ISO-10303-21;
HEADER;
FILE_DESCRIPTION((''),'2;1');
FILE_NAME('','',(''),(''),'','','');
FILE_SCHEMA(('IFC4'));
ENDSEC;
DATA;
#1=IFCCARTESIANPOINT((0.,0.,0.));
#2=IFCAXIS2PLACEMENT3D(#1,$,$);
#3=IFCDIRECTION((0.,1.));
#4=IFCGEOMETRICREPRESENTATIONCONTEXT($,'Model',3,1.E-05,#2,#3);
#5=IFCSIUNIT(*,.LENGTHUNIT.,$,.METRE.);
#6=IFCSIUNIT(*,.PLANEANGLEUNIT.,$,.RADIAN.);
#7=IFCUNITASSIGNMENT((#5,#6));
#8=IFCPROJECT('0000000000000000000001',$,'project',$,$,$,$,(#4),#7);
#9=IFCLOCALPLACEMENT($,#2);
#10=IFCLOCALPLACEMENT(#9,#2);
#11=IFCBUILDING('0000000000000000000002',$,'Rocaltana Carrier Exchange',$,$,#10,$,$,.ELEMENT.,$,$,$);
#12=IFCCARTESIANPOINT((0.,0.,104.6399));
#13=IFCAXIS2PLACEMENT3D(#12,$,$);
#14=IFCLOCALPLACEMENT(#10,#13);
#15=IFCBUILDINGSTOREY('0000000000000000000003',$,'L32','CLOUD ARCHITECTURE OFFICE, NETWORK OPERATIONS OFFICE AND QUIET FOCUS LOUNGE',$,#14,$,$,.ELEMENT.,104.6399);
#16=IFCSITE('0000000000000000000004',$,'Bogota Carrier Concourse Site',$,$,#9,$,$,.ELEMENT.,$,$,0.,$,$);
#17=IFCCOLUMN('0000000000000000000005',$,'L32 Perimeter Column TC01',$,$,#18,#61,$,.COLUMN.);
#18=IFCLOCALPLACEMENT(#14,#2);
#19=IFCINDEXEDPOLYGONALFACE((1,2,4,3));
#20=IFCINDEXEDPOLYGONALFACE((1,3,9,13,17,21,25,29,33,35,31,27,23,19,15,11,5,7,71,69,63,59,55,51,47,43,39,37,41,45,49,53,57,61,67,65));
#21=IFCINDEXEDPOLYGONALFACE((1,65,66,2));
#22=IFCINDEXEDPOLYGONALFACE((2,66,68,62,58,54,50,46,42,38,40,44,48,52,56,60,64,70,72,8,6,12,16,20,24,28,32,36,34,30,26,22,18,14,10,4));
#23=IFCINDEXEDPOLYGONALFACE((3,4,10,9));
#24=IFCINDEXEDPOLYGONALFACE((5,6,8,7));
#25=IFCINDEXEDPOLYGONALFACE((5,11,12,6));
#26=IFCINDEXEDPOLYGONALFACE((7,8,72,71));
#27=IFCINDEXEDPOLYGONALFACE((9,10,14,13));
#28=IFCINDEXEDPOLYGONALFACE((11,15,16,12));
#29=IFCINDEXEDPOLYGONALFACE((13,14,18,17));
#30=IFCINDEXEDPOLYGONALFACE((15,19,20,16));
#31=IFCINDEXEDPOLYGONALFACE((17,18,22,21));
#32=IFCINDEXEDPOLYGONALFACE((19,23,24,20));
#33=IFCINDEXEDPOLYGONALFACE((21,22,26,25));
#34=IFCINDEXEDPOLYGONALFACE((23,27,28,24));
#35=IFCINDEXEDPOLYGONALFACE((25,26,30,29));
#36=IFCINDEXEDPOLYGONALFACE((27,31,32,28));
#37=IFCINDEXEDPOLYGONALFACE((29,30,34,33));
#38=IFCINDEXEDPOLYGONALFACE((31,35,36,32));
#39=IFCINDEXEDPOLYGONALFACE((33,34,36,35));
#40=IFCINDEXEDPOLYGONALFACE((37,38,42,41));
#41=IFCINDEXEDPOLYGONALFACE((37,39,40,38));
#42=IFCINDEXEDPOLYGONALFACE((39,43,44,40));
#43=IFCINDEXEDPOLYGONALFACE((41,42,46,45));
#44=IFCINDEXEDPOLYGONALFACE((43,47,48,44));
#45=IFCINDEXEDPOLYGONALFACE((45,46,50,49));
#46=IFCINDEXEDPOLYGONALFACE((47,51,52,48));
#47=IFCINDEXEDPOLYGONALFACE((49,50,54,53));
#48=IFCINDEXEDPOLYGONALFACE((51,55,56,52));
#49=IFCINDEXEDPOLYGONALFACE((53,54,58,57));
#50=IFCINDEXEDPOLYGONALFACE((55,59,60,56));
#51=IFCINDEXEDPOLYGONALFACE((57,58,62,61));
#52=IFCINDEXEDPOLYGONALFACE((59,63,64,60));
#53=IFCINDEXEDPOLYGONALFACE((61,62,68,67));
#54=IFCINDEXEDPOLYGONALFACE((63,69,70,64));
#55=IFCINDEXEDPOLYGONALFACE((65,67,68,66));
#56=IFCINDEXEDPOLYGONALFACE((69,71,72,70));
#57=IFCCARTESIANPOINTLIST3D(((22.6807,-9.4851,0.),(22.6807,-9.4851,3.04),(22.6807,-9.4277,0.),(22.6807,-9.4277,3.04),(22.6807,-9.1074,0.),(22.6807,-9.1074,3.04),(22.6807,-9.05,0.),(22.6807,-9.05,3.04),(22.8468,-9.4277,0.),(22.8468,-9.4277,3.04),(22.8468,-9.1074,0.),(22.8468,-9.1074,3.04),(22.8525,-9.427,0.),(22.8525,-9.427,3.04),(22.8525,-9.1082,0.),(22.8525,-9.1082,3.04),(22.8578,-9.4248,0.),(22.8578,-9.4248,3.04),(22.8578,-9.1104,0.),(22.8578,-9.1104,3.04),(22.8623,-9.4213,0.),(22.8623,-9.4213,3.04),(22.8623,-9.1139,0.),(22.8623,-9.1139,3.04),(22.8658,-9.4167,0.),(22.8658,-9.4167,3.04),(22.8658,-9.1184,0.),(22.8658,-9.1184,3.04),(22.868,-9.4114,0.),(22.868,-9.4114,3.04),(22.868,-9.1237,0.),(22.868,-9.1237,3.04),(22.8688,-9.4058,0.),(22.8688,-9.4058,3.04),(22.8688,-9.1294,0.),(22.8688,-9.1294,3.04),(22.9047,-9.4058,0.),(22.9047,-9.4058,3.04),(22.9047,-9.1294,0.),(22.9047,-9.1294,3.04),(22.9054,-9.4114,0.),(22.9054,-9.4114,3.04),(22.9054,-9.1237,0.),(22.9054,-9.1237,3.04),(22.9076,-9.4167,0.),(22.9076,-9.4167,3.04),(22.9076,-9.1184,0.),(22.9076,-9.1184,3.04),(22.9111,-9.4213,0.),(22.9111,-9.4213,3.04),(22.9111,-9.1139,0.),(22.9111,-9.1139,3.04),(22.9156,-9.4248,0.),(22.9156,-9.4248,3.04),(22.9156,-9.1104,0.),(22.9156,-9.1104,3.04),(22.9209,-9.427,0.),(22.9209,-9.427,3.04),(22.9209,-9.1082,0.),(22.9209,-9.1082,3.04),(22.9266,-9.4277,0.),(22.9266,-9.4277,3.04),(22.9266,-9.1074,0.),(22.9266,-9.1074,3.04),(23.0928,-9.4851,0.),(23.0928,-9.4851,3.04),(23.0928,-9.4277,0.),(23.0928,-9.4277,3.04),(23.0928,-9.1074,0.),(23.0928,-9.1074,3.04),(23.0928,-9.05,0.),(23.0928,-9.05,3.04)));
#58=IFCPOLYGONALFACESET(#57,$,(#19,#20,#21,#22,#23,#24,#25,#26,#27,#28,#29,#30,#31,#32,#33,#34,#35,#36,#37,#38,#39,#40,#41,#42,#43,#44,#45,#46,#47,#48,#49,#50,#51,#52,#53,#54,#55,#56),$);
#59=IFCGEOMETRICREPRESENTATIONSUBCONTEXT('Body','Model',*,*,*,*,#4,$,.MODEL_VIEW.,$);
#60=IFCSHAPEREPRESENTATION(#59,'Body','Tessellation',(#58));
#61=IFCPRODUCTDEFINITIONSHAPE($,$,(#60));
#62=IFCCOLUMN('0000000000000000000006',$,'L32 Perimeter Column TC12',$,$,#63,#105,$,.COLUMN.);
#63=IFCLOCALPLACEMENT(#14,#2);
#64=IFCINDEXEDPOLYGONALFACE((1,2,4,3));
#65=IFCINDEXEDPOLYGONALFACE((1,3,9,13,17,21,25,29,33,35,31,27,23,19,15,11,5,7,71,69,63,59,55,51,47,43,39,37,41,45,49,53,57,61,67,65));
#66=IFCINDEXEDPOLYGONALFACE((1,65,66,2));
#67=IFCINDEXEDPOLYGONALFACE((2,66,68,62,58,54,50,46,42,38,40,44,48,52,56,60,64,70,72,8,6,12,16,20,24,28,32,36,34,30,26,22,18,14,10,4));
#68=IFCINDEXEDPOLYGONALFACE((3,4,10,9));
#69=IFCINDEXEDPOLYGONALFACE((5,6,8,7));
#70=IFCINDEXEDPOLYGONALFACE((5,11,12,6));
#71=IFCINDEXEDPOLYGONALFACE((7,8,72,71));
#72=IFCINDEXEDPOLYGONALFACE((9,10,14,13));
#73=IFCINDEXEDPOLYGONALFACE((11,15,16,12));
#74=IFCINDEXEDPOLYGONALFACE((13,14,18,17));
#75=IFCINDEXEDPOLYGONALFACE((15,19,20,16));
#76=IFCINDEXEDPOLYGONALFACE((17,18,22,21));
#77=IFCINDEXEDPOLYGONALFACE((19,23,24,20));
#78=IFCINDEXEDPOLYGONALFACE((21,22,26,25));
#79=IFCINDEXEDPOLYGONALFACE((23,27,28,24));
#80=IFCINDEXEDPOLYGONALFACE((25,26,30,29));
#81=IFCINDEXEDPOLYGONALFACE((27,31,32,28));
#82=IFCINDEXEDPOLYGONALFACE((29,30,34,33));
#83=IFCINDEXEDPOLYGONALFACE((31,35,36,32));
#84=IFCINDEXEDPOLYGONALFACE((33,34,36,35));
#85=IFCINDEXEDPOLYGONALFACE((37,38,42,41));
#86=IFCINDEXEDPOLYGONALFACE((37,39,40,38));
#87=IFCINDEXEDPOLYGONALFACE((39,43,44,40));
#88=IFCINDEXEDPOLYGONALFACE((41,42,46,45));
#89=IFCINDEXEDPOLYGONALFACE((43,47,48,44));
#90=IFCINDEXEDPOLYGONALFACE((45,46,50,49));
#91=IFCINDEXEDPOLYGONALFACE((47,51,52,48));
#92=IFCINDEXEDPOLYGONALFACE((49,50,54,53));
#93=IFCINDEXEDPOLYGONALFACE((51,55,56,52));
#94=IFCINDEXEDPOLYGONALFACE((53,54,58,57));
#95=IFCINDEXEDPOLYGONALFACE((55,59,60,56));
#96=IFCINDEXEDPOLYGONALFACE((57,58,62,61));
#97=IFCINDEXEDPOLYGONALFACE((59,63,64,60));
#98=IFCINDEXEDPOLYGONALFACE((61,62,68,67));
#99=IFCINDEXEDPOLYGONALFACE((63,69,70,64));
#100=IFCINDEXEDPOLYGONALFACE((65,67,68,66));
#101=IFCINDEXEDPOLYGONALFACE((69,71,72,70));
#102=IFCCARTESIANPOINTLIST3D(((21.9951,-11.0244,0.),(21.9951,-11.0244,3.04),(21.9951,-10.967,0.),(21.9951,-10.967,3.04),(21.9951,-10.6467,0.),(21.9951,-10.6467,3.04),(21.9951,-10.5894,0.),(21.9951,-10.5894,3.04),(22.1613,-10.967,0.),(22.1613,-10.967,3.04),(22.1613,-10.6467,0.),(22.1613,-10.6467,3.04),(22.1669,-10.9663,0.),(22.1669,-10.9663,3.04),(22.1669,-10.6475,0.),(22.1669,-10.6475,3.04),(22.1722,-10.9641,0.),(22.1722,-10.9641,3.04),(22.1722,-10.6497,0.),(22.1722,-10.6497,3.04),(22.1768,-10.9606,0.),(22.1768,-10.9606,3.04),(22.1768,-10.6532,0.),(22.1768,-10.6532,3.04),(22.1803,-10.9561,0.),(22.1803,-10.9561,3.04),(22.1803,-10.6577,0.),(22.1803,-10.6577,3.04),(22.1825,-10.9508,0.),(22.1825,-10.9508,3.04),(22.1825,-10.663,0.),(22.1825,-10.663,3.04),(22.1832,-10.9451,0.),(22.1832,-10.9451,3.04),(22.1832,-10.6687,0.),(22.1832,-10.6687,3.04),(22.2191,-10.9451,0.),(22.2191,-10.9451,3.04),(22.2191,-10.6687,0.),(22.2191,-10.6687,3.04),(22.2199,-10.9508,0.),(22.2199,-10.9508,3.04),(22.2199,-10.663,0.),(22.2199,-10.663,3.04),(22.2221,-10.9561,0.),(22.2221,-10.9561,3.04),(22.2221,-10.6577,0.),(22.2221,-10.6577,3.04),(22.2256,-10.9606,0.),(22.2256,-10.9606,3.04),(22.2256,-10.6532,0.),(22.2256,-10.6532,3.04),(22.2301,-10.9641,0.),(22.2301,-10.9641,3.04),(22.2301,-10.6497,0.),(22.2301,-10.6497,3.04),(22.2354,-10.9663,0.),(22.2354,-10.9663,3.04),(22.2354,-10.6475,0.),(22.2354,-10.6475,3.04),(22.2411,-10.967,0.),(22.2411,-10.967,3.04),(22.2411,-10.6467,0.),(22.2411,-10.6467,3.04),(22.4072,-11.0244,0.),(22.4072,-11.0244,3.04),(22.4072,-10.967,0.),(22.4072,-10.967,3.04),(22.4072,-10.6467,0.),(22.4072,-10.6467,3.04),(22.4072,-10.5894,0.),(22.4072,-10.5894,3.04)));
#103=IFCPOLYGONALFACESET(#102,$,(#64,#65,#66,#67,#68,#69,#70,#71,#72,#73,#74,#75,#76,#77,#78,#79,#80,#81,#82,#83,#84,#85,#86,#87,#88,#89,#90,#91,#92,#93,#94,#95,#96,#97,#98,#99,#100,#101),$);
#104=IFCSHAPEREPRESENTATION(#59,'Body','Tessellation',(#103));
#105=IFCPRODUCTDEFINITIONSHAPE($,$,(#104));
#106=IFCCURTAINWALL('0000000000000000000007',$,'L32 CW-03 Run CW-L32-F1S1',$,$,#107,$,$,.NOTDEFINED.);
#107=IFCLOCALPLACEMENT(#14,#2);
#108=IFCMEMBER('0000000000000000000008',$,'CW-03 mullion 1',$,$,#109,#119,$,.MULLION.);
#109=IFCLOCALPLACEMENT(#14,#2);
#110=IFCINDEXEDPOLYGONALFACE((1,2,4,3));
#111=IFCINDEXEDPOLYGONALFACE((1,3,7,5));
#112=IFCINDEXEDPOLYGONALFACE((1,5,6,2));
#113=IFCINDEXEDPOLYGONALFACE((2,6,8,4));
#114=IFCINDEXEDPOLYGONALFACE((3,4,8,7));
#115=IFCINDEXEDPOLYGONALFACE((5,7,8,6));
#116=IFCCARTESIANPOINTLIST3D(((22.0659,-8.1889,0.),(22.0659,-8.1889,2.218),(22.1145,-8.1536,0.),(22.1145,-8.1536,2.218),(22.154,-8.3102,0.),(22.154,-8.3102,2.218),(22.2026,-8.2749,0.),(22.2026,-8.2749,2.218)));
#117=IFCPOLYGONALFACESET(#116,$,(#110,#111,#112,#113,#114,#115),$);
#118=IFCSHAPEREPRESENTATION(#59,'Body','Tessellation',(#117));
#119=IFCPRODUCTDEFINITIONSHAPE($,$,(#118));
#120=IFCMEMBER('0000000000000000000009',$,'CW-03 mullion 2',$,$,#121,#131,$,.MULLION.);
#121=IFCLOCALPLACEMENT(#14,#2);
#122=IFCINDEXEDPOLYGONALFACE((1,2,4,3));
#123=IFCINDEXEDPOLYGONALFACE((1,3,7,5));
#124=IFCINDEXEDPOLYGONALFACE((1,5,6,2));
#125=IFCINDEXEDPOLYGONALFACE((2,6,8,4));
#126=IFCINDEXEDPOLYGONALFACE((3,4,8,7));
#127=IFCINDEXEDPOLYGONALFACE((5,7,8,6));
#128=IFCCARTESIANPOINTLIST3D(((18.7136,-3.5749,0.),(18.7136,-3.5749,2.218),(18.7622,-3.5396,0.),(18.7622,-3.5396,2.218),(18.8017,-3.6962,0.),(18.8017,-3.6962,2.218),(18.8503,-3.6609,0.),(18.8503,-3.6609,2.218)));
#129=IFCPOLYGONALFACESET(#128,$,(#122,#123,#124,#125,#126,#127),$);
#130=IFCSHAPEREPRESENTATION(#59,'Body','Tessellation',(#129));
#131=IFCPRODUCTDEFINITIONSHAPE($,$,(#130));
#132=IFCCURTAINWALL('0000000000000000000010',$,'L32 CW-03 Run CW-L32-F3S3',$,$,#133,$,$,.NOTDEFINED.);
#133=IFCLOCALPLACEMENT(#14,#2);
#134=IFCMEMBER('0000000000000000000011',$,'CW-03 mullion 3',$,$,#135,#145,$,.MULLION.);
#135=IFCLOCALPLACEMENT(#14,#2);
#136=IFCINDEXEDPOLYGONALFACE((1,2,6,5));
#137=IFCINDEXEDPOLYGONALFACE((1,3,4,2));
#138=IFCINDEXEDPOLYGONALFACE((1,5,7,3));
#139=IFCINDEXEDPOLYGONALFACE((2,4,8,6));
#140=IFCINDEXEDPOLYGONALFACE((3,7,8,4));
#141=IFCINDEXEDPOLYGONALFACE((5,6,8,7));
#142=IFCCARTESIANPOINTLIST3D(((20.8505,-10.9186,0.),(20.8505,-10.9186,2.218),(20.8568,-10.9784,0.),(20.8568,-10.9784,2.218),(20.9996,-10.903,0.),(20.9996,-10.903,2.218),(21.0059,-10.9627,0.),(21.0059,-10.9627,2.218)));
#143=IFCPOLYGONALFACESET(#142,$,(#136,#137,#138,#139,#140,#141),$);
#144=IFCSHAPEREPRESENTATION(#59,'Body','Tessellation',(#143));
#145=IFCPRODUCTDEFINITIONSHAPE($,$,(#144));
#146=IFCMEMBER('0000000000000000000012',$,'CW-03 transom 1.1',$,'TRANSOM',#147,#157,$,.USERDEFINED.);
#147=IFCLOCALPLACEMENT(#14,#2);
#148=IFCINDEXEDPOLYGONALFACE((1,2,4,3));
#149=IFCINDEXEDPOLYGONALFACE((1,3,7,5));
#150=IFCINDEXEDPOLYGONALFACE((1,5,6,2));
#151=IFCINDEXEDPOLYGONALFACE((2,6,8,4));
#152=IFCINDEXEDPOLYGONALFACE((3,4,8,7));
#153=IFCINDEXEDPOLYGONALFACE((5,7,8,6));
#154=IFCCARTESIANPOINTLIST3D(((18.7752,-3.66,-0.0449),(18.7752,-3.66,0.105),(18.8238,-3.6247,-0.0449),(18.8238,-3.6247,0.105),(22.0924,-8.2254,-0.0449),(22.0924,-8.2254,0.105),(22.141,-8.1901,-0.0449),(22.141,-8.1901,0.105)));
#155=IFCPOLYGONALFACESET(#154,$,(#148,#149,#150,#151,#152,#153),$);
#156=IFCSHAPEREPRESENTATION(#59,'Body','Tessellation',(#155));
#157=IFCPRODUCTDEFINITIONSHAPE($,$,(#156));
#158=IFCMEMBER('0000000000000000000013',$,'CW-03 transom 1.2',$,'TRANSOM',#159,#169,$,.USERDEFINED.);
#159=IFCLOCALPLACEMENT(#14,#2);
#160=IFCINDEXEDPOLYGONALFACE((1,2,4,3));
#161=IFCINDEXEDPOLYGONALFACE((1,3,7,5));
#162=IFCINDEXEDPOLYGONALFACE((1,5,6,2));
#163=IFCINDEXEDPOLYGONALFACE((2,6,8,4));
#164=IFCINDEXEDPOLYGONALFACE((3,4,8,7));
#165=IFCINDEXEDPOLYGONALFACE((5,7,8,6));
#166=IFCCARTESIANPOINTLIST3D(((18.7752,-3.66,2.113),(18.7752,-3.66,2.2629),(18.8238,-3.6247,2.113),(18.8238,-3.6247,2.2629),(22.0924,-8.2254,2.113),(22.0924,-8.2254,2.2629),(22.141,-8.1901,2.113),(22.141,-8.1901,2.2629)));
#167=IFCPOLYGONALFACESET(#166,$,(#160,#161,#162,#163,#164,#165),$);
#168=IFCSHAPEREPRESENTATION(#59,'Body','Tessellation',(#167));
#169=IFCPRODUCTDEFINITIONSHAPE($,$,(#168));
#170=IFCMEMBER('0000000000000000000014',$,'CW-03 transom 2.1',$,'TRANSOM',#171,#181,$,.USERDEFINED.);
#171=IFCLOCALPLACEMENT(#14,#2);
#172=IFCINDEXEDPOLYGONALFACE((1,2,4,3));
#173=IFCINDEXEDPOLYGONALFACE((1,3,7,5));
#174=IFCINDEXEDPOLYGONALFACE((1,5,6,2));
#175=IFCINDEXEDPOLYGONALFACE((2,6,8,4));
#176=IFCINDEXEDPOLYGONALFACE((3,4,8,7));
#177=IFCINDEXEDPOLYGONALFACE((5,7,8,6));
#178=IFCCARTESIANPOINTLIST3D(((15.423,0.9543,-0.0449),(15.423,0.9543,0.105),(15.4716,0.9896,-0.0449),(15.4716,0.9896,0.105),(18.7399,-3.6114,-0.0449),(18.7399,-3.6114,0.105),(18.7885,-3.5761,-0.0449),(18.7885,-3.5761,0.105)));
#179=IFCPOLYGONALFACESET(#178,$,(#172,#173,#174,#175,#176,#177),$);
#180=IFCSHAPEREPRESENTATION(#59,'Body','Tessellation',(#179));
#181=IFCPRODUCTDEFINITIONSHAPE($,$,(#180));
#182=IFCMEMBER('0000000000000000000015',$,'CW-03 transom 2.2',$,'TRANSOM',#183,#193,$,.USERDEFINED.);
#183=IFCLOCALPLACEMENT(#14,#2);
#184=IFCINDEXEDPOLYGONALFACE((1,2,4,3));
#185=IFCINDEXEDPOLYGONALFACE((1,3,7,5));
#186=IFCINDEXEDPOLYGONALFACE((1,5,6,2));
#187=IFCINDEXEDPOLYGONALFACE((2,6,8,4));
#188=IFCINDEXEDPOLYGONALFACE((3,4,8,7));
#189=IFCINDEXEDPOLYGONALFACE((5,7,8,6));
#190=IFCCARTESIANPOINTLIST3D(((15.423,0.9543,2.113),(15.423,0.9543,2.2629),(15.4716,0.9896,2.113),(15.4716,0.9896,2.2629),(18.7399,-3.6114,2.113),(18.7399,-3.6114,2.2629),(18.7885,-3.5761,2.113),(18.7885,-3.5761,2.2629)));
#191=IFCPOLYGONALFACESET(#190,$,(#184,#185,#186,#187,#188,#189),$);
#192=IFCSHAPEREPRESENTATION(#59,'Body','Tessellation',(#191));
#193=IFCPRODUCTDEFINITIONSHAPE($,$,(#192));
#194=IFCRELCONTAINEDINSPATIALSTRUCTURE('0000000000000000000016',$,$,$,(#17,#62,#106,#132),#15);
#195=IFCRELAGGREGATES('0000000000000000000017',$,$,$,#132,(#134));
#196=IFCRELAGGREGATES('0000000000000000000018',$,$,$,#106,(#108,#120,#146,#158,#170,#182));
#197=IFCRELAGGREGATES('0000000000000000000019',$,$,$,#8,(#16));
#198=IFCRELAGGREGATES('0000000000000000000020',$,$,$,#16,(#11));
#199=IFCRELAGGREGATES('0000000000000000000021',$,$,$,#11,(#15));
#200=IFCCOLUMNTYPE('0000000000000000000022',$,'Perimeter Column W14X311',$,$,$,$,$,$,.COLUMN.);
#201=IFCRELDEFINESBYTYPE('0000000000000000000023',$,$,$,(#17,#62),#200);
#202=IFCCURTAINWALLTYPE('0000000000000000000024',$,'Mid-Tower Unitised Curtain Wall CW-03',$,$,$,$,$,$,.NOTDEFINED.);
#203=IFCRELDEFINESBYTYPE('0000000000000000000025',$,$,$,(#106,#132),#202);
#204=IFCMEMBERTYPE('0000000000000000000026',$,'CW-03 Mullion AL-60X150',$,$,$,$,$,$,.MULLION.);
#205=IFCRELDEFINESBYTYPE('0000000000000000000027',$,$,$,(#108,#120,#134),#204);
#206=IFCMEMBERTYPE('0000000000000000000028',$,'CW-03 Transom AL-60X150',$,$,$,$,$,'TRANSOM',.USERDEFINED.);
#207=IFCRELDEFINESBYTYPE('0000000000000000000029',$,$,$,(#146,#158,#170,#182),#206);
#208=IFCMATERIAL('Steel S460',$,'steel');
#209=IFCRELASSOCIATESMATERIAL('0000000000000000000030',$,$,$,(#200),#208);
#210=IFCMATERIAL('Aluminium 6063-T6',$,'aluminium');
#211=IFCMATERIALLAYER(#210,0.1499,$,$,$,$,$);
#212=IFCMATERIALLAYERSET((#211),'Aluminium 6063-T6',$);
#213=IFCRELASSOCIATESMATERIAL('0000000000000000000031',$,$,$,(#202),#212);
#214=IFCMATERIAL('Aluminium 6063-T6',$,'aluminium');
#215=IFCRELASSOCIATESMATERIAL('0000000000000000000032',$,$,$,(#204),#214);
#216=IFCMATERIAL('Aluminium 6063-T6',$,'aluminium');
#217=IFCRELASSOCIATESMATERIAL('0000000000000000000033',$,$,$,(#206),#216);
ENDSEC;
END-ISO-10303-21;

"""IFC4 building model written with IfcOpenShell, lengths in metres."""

from ifc_helpers import new_model, si_unit, direction, frame, origin, origin_2d, place, context, subcontext, project, spatial, rectangle, i_section, extrude, material, layer, layer_set, material_profile, profile_set, type_object, element, aggregate, save


model = new_model("IFC4")

# Units and contexts
model_context = context("Model", 3, precision=1e-05, world=origin(), true_north=direction((0.0, 1.0)))
body_context = subcontext(model_context, "Body", "Model", "MODEL_VIEW")
ifc_project = project(units=[si_unit("LENGTHUNIT", "METRE"), si_unit("PLANEANGLEUNIT", "RADIAN")], contexts=[model_context])

# Site, building, storey
site_placement = place(None, origin())
site = spatial("IfcSite", under=ifc_project, at=site_placement, Name="Bogota Carrier Concourse Site", CompositionType="ELEMENT", RefElevation=0.0)
building_placement = place(site_placement, origin())
building = spatial("IfcBuilding", under=site, at=building_placement, Name="Rocaltana Carrier Exchange", CompositionType="ELEMENT")
storey_placement = place(building_placement, frame((0.0, 0.0, 104.6399)))
storey = spatial("IfcBuildingStorey", under=building, at=storey_placement, Name="L32", Description="CLOUD ARCHITECTURE OFFICE, NETWORK OPERATIONS OFFICE AND QUIET FOCUS LOUNGE", CompositionType="ELEMENT", Elevation=104.6399)

# Columns
ifc_material_1 = material(Name="Steel S460", Category="steel")
ifc_material_profile_1 = material_profile(ifc_material_1, i_section(OverallWidth=0.4121, OverallDepth=0.4351, WebThickness=0.0359, FlangeThickness=0.0574, FilletRadius=0.022, at=origin_2d()), Name="W14X311")
ifc_profile_set_1 = profile_set([ifc_material_profile_1], Name="Steel S460")
column_type = type_object("IfcColumnType", Name="Perimeter Column W14X311", PredefinedType="COLUMN", material=ifc_profile_set_1)
for number, where, z_axis, x_axis, name in (
    (1, (22.8867, -9.2676, 0.0), (0.0, 0.0, 1.0), (1.0, 0.0, 0.0), "L32 Perimeter Column TC01"),
    (2, (22.2012, -10.8069, 0.0), (0.0, 0.0, 1.0), (1.0, 0.0, 0.0), "L32 Perimeter Column TC12"),
):
    element("IfcColumn", number, at=place(storey_placement, frame(where, z_axis=z_axis, x_axis=x_axis)), inside=storey, type_object=column_type, Name=name, PredefinedType="COLUMN", context=body_context, shape_type="SweptSolid", body=[
        extrude(i_section(OverallWidth=0.4121, OverallDepth=0.4351, WebThickness=0.0359, FlangeThickness=0.0574, FilletRadius=0.022, at=origin_2d()), origin(), (0.0, 0.0, 1.0), 3.04),
    ])

# Curtain wall, members
ifc_material_2 = material(Name="Aluminium 6063-T6", Category="aluminium")
ifc_layer_1 = layer(ifc_material_2, 0.1499)
ifc_layer_set_1 = layer_set([ifc_layer_1], Name="Aluminium 6063-T6")
curtain_wall_type = type_object("IfcCurtainWallType", Name="Mid-Tower Unitised Curtain Wall CW-03", PredefinedType="NOTDEFINED", material=ifc_layer_set_1)
curtain_wall_1_placement = place(storey_placement, origin())
curtain_wall_1 = element("IfcCurtainWall", 3, at=curtain_wall_1_placement, inside=storey, type_object=curtain_wall_type, Name="L32 CW-03 Run CW-L32-F1S1", PredefinedType="NOTDEFINED")
ifc_material_3 = material(Name="Aluminium 6063-T6", Category="aluminium")
ifc_material_profile_2 = material_profile(ifc_material_3, rectangle(XDim=0.0601, YDim=0.1499, at=origin_2d()), Name="AL-60X150")
ifc_profile_set_2 = profile_set([ifc_material_profile_2], Name="Aluminium 6063-T6")
member_type_1 = type_object("IfcMemberType", Name="CW-03 Mullion AL-60X150", PredefinedType="MULLION", material=ifc_profile_set_2)
member_1_placement = place(storey_placement, frame((22.1343, -8.2319, 0.0), z_axis=(0.0, 0.0, 1.0), x_axis=(-0.809014, -0.58779, 0.0)))
member_1 = element("IfcMember", 4, at=member_1_placement, type_object=member_type_1, Name="CW-03 mullion 1", PredefinedType="MULLION", context=body_context, shape_type="SweptSolid", body=[
    extrude(rectangle(XDim=0.0601, YDim=0.1499, at=origin_2d()), origin(), (0.0, 0.0, 1.0), 2.218),
])
member_2_placement = place(storey_placement, frame((18.782, -3.6179, 0.0), z_axis=(0.0, 0.0, 1.0), x_axis=(-0.809014, -0.58779, 0.0)))
member_2 = element("IfcMember", 5, at=member_2_placement, type_object=member_type_1, Name="CW-03 mullion 2", PredefinedType="MULLION", context=body_context, shape_type="SweptSolid", body=[
    extrude(rectangle(XDim=0.0601, YDim=0.1499, at=origin_2d()), origin(), (0.0, 0.0, 1.0), 2.218),
])

# Curtain wall, member
curtain_wall_2_placement = place(storey_placement, origin())
curtain_wall_2 = element("IfcCurtainWall", 6, at=curtain_wall_2_placement, inside=storey, type_object=curtain_wall_type, Name="L32 CW-03 Run CW-L32-F3S3", PredefinedType="NOTDEFINED")
member_3_placement = place(storey_placement, frame((20.9282, -10.9407, 0.0), z_axis=(0.0, 0.0, 1.0), x_axis=(-0.104522, 0.994523, 0.0)))
member_3 = element("IfcMember", 7, at=member_3_placement, type_object=member_type_1, Name="CW-03 mullion 3", PredefinedType="MULLION", context=body_context, shape_type="SweptSolid", body=[
    extrude(rectangle(XDim=0.0601, YDim=0.1499, at=origin_2d()), origin(), (0.0, 0.0, 1.0), 2.218),
])
aggregate(curtain_wall_2, [member_3])

# Members
ifc_material_4 = material(Name="Aluminium 6063-T6", Category="aluminium")
ifc_material_profile_3 = material_profile(ifc_material_4, rectangle(XDim=0.0601, YDim=0.1499, at=origin_2d()), Name="AL-60X150")
ifc_profile_set_3 = profile_set([ifc_material_profile_3], Name="Aluminium 6063-T6")
member_type_2 = type_object("IfcMemberType", Name="CW-03 Transom AL-60X150", ElementType="TRANSOM", PredefinedType="USERDEFINED", material=ifc_profile_set_3)
member_4_placement = place(storey_placement, frame((22.1167, -8.2078, 0.03), z_axis=(-0.587804, 0.809004, 0.0), x_axis=(-0.809004, -0.587804, 0.0)))
member_4 = element("IfcMember", 8, at=member_4_placement, type_object=member_type_2, Name="CW-03 transom 1.1", ObjectType="TRANSOM", PredefinedType="USERDEFINED", context=body_context, shape_type="SweptSolid", body=[
    extrude(rectangle(XDim=0.0601, YDim=0.1499, at=origin_2d()), origin(), (0.0, 0.0, 1.0), 5.6433),
])
member_5_placement = place(storey_placement, frame((22.1167, -8.2078, 2.188), z_axis=(-0.587804, 0.809004, 0.0), x_axis=(-0.809004, -0.587804, 0.0)))
member_5 = element("IfcMember", 9, at=member_5_placement, type_object=member_type_2, Name="CW-03 transom 1.2", ObjectType="TRANSOM", PredefinedType="USERDEFINED", context=body_context, shape_type="SweptSolid", body=[
    extrude(rectangle(XDim=0.0601, YDim=0.1499, at=origin_2d()), origin(), (0.0, 0.0, 1.0), 5.6433),
])
member_6_placement = place(storey_placement, frame((18.7642, -3.5938, 0.03), z_axis=(-0.587755, 0.809039, 0.0), x_axis=(-0.809039, -0.587755, 0.0)))
member_6 = element("IfcMember", 10, at=member_6_placement, type_object=member_type_2, Name="CW-03 transom 2.1", ObjectType="TRANSOM", PredefinedType="USERDEFINED", context=body_context, shape_type="SweptSolid", body=[
    extrude(rectangle(XDim=0.0601, YDim=0.1499, at=origin_2d()), origin(), (0.0, 0.0, 1.0), 5.6433),
])
member_7_placement = place(storey_placement, frame((18.7642, -3.5938, 2.188), z_axis=(-0.587755, 0.809039, 0.0), x_axis=(-0.809039, -0.587755, 0.0)))
member_7 = element("IfcMember", 11, at=member_7_placement, type_object=member_type_2, Name="CW-03 transom 2.2", ObjectType="TRANSOM", PredefinedType="USERDEFINED", context=body_context, shape_type="SweptSolid", body=[
    extrude(rectangle(XDim=0.0601, YDim=0.1499, at=origin_2d()), origin(), (0.0, 0.0, 1.0), 5.6433),
])

aggregate(curtain_wall_1, [member_1, member_2, member_4, member_5, member_6, member_7])

save(model, "model.ifc")
